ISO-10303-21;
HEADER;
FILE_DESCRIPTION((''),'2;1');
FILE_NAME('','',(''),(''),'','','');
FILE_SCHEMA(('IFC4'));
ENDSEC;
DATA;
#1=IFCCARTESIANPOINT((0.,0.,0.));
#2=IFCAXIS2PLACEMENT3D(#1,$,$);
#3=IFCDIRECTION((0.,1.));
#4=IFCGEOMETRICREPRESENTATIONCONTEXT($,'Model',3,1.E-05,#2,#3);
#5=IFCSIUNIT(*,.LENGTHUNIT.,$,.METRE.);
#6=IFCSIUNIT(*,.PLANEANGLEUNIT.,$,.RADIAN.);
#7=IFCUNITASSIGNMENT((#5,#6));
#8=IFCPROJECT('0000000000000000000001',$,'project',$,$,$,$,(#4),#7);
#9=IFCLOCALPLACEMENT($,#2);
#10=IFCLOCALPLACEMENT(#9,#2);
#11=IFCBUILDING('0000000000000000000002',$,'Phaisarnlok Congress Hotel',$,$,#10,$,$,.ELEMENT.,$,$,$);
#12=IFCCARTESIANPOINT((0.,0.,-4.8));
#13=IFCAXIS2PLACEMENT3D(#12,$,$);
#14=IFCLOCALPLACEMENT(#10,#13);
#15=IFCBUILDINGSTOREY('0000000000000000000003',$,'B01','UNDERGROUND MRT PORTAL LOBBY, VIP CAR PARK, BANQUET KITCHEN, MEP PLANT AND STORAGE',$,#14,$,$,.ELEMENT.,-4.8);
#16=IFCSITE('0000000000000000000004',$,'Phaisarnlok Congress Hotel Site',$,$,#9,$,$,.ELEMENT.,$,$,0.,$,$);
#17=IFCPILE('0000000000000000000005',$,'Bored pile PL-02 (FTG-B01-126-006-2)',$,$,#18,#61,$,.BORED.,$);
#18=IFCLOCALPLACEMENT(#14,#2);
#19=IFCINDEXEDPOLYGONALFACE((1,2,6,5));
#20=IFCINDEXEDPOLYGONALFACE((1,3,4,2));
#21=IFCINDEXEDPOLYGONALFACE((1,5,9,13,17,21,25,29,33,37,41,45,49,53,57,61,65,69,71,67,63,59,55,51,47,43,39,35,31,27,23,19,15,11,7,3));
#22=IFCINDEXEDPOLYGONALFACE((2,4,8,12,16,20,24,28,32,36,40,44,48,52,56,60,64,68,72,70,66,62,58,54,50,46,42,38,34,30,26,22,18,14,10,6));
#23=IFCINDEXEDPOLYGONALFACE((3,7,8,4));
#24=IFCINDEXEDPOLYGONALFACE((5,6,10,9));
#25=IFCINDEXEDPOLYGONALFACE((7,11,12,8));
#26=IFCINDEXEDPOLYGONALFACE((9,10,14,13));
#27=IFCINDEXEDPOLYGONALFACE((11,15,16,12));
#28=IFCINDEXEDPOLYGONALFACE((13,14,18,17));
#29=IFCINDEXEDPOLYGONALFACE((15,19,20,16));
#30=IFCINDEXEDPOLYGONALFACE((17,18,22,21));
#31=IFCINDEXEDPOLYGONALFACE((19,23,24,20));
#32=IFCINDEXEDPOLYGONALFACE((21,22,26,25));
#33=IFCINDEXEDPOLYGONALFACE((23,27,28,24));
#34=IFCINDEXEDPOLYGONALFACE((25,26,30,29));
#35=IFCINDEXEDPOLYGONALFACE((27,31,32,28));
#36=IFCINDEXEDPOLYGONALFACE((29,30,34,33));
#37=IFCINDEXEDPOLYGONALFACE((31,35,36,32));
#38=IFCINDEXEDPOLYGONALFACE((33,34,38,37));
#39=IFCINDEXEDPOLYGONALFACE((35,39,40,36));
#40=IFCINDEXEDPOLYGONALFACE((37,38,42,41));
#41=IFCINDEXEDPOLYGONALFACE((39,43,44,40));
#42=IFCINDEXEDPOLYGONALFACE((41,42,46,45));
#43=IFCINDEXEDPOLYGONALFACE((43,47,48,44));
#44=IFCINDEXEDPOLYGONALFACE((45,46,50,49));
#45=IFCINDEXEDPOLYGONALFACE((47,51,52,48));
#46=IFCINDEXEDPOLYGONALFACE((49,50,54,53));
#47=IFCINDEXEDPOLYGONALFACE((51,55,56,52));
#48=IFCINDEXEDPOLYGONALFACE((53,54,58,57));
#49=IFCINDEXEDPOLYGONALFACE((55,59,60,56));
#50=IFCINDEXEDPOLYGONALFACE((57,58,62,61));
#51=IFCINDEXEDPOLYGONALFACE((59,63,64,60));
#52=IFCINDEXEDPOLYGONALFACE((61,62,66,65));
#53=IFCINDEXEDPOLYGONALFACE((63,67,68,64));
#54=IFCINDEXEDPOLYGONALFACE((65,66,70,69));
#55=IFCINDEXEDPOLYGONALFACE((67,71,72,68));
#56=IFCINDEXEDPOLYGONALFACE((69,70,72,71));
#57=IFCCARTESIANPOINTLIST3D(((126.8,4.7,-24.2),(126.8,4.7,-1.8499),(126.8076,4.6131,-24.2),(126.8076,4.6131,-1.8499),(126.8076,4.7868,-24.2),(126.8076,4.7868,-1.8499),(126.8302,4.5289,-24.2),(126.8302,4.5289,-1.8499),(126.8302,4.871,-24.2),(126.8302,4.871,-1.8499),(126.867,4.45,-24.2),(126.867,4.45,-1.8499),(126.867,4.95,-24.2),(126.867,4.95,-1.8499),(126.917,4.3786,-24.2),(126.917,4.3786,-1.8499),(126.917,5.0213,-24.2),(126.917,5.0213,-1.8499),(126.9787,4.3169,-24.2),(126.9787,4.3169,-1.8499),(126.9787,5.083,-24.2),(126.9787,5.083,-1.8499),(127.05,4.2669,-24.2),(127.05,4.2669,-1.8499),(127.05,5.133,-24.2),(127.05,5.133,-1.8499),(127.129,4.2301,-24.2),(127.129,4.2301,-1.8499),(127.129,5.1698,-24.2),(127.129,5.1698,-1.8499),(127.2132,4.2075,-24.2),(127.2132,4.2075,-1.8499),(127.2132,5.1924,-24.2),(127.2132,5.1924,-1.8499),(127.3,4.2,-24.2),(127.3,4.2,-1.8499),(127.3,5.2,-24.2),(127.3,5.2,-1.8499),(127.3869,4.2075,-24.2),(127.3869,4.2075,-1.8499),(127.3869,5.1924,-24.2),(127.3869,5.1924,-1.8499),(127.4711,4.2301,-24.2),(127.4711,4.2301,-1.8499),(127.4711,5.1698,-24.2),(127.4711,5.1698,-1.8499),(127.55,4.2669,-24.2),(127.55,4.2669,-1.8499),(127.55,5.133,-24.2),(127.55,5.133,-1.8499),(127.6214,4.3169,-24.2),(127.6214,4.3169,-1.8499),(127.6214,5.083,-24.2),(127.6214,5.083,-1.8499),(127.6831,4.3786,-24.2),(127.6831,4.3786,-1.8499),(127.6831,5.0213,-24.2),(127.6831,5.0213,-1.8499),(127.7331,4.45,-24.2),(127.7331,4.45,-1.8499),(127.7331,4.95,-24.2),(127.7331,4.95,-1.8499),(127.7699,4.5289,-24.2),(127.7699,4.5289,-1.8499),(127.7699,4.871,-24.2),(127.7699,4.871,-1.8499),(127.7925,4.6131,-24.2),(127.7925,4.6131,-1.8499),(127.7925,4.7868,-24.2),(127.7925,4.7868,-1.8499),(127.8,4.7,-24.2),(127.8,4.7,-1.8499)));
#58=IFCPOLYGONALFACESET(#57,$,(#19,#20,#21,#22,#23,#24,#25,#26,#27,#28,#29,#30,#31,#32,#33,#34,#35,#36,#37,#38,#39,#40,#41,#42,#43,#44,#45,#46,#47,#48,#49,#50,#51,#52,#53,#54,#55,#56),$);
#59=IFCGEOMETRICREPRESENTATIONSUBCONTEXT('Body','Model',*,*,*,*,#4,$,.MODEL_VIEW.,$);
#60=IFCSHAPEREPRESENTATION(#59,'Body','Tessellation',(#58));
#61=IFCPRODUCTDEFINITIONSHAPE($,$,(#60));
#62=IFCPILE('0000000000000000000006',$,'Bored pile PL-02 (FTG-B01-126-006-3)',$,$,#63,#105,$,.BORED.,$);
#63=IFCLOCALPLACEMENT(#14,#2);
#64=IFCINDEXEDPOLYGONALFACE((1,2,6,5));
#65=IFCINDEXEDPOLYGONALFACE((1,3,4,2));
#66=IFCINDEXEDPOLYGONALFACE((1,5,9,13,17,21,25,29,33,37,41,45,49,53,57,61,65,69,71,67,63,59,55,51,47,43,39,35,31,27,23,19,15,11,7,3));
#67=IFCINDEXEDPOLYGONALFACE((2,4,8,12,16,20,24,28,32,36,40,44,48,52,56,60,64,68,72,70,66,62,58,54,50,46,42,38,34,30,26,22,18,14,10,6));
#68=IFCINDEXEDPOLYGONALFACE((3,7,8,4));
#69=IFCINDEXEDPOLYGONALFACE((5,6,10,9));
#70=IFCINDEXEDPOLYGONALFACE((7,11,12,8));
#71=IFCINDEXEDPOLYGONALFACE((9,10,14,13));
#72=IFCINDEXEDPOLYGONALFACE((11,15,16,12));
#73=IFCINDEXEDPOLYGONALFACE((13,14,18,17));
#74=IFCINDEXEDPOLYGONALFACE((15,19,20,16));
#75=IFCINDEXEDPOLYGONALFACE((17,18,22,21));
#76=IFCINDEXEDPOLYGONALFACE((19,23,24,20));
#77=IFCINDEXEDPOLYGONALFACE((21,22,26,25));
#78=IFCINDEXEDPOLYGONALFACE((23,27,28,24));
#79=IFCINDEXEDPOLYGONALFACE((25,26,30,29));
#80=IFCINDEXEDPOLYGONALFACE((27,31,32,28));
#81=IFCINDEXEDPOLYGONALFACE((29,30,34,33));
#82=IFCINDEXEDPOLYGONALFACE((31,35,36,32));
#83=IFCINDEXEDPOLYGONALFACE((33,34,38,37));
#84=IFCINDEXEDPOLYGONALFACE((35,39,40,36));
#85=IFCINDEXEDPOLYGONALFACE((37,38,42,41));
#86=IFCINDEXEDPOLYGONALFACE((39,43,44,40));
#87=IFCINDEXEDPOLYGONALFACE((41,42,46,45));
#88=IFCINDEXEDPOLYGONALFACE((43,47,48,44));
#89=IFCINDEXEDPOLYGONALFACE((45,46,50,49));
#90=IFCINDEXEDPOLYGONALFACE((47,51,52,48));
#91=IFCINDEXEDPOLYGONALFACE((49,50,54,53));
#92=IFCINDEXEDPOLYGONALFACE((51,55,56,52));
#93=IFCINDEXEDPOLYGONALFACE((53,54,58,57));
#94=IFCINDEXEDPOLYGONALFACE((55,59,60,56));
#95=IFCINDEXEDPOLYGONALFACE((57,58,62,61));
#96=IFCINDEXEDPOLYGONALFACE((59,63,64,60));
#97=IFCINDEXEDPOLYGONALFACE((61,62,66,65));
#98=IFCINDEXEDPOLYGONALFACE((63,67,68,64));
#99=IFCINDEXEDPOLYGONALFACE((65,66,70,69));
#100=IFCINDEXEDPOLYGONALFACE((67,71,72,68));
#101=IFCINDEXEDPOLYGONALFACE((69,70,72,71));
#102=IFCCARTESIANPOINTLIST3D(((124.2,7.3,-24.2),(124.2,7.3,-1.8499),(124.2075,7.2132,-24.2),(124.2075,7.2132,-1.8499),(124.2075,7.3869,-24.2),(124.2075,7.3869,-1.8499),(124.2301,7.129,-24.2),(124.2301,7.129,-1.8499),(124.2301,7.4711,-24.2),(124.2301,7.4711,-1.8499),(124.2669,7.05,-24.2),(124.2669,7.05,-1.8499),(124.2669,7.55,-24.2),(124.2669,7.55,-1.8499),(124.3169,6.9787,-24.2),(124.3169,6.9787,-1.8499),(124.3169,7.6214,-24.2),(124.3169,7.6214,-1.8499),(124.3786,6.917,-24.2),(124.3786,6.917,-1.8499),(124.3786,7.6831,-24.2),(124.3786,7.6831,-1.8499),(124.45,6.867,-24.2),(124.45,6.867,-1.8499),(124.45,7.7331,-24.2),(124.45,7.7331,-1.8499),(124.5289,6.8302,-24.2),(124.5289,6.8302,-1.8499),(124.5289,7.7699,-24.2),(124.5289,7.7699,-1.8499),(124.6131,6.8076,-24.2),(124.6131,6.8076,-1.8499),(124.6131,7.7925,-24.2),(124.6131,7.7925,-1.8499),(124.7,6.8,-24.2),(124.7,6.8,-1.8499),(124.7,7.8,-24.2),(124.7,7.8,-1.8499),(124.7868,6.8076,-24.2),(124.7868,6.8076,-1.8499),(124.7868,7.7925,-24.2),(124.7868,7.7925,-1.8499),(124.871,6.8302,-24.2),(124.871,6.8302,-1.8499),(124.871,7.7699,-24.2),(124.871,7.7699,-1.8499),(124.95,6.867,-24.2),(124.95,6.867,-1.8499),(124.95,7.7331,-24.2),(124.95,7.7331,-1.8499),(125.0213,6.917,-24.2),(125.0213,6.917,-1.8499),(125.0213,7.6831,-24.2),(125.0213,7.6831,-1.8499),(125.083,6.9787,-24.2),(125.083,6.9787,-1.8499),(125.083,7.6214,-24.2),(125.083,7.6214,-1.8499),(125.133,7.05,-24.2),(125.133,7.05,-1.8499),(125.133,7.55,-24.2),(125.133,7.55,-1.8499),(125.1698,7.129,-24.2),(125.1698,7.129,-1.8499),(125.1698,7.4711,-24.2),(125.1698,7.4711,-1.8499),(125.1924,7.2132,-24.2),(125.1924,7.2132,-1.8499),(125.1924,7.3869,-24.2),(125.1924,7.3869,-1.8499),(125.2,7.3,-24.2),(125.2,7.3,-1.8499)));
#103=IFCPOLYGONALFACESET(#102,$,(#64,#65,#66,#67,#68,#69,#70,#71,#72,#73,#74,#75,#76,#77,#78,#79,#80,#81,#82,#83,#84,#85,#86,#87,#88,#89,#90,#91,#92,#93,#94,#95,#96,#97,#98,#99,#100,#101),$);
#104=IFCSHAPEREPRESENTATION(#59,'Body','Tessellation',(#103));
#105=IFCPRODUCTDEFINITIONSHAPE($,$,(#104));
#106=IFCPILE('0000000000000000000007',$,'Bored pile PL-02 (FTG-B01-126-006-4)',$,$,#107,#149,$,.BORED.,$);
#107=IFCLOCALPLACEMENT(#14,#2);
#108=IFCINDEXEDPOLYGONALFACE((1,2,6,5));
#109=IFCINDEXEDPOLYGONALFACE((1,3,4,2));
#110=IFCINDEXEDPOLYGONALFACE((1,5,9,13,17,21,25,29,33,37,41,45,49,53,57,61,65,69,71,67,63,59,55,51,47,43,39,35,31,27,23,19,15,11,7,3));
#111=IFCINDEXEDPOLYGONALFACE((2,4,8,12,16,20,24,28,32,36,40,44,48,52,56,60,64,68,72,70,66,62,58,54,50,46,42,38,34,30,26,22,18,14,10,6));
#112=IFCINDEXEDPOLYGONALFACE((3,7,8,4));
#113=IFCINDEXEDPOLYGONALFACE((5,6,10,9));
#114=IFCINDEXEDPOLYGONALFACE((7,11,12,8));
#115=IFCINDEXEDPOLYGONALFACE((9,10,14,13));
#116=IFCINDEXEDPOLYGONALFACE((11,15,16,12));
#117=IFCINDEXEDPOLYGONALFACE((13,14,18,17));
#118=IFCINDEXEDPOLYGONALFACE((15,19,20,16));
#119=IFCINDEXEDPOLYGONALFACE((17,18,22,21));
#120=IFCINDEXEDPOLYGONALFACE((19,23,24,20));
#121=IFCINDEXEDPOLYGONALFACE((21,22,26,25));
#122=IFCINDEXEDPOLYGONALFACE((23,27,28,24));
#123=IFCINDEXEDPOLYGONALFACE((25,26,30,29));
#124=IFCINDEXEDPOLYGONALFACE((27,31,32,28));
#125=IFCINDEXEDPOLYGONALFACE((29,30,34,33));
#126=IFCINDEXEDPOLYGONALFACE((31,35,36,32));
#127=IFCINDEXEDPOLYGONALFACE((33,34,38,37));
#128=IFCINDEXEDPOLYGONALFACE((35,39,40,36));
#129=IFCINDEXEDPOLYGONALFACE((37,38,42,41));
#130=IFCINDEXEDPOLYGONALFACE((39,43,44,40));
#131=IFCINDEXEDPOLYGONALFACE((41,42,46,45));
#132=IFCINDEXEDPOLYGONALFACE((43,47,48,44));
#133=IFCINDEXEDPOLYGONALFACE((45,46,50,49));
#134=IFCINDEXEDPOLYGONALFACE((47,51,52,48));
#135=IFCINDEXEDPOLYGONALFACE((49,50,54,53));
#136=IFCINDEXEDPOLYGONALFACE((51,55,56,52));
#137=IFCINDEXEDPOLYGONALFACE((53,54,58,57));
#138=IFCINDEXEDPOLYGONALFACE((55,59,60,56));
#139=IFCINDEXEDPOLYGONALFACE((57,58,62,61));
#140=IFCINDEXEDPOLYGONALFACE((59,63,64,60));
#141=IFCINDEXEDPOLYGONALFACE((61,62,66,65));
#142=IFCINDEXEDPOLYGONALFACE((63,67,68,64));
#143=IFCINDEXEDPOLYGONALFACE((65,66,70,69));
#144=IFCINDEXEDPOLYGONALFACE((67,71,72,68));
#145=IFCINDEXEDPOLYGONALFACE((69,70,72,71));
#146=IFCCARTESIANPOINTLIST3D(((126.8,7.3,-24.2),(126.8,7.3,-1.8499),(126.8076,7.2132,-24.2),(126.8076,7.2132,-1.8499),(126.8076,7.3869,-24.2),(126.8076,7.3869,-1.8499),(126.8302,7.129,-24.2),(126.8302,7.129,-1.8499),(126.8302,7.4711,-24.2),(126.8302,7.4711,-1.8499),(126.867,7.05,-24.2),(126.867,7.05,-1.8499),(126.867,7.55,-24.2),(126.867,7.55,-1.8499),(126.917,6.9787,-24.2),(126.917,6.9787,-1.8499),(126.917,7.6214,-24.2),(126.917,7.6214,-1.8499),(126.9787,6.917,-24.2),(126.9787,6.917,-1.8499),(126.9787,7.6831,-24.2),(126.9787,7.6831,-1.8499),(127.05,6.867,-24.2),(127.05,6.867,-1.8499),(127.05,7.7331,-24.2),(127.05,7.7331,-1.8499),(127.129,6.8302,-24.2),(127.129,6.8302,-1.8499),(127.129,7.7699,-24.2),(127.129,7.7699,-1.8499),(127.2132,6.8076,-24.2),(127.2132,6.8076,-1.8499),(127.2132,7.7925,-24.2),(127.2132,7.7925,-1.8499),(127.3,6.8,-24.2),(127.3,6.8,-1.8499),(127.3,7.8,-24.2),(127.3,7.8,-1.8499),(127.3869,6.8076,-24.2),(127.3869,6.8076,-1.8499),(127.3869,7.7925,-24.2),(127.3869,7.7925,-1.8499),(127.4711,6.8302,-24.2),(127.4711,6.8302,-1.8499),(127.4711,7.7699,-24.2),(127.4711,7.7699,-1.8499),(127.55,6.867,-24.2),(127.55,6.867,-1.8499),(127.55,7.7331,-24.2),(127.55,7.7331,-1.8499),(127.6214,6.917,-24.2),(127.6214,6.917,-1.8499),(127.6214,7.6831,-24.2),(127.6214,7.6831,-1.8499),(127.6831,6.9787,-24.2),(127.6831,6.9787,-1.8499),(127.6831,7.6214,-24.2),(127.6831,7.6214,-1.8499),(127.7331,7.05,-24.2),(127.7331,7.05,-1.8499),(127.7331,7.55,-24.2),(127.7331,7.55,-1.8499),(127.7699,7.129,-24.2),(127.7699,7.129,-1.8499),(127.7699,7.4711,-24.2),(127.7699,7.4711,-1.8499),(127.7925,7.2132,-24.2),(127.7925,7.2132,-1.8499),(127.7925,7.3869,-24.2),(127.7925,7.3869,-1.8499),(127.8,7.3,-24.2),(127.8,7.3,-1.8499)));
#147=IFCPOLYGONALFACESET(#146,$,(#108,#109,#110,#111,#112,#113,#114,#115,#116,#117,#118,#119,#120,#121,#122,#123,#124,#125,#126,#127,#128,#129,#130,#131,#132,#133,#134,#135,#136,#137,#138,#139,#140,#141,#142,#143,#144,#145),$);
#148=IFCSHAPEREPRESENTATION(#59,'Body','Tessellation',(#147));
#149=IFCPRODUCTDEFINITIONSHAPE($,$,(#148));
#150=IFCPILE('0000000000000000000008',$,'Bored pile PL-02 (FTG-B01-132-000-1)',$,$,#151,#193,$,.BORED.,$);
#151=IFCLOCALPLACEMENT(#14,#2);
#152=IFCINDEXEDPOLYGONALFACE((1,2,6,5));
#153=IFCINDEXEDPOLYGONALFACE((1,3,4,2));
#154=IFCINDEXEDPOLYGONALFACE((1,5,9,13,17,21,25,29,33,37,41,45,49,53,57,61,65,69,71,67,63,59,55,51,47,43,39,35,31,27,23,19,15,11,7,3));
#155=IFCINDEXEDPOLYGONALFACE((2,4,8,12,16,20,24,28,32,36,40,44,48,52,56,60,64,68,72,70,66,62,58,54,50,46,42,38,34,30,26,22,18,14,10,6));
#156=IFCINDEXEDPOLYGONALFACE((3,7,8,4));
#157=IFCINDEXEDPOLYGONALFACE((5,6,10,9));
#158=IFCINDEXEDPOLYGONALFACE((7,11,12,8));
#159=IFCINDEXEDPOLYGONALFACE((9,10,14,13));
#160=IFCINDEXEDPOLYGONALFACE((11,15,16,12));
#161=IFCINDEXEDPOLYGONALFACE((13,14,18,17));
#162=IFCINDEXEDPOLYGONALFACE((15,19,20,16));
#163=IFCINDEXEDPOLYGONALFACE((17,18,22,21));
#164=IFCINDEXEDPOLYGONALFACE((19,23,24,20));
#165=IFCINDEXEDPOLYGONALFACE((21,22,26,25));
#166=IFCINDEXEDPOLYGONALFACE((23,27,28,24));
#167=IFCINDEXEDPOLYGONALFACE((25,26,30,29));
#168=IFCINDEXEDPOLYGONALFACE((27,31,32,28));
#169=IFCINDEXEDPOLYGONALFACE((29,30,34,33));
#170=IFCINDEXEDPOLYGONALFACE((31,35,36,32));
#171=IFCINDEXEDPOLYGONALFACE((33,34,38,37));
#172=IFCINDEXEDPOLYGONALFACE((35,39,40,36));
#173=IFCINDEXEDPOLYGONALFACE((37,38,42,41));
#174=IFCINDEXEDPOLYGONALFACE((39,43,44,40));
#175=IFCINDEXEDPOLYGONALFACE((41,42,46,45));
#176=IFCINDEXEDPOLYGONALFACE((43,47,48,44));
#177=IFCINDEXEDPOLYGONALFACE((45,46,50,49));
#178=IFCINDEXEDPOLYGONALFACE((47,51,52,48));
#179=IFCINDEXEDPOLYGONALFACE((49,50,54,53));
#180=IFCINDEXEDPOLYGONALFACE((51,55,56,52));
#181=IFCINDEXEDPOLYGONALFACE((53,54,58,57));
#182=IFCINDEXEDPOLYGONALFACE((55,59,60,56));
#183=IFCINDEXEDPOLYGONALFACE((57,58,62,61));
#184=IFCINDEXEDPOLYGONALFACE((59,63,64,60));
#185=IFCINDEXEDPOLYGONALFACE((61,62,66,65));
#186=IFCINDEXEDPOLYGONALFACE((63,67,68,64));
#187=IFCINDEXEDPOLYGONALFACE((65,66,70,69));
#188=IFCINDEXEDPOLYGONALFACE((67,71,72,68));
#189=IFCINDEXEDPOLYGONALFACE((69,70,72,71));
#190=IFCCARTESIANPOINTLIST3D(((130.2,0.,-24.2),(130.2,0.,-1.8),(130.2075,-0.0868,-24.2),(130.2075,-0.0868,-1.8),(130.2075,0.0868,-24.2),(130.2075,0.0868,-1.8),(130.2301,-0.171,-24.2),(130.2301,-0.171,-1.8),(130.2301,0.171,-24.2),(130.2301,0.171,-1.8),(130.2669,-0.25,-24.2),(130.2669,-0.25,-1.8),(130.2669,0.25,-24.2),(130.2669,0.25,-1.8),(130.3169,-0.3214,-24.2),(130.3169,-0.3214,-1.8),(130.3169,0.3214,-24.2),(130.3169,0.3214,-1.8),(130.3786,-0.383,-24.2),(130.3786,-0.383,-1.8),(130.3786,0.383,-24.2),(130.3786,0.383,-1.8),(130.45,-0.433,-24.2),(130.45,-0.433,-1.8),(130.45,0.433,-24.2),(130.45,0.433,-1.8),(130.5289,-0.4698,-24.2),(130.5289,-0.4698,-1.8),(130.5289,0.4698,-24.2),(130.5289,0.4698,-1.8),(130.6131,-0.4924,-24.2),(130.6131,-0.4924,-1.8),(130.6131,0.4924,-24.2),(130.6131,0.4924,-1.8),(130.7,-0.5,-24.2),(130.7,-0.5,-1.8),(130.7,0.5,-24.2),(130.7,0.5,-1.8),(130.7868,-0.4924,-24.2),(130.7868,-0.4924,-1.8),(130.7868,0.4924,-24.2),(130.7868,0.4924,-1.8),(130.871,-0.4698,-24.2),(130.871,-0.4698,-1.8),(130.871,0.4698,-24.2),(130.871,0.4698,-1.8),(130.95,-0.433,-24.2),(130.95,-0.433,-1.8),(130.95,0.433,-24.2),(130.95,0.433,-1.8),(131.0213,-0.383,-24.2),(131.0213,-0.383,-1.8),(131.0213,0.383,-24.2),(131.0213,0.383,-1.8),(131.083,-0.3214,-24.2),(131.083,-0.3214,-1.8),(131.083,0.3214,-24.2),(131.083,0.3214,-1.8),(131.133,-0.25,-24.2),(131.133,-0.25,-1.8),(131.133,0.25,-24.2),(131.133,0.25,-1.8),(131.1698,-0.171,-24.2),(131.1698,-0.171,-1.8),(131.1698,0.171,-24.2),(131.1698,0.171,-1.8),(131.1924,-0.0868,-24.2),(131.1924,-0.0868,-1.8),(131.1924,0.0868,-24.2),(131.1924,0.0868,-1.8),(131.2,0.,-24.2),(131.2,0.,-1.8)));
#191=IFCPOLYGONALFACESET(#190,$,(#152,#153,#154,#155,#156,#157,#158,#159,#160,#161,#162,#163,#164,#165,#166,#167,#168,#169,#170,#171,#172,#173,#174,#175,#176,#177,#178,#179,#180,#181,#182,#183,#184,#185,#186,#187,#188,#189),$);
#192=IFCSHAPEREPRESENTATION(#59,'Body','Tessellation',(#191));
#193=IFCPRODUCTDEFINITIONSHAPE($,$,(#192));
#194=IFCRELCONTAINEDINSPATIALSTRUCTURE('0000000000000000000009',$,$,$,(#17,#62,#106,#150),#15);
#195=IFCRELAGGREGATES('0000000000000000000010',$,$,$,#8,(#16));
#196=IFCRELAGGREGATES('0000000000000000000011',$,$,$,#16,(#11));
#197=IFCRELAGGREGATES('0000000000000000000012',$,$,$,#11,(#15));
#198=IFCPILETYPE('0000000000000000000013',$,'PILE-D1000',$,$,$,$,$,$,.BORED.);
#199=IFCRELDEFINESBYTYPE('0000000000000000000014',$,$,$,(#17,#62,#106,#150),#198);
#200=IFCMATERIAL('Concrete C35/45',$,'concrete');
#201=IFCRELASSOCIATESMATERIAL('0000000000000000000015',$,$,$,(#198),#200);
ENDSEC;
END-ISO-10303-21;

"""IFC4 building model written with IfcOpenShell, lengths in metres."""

from ifc_helpers import new_model, si_unit, direction, frame, origin, origin_2d, place, context, subcontext, project, spatial, circle, extrude, material, material_profile, profile_set, type_object, element, save


model = new_model("IFC4")

# Units and contexts
model_context = context("Model", 3, precision=1e-05, world=origin(), true_north=direction((0.0, 1.0)))
body_context = subcontext(model_context, "Body", "Model", "MODEL_VIEW")
ifc_project = project(units=[si_unit("LENGTHUNIT", "METRE"), si_unit("PLANEANGLEUNIT", "RADIAN")], contexts=[model_context])

# Site, building, storey
site_placement = place(None, origin())
site = spatial("IfcSite", under=ifc_project, at=site_placement, Name="Phaisarnlok Congress Hotel Site", CompositionType="ELEMENT", RefElevation=0.0)
building_placement = place(site_placement, origin())
building = spatial("IfcBuilding", under=site, at=building_placement, Name="Phaisarnlok Congress Hotel", CompositionType="ELEMENT")
storey_placement = place(building_placement, frame((0.0, 0.0, -4.8)))
storey = spatial("IfcBuildingStorey", under=building, at=storey_placement, Name="B01", Description="UNDERGROUND MRT PORTAL LOBBY, VIP CAR PARK, BANQUET KITCHEN, MEP PLANT AND STORAGE", CompositionType="ELEMENT", Elevation=-4.8)

# Piles
ifc_material_1 = material(Name="Concrete C35/45", Category="concrete")
ifc_material_profile_1 = material_profile(ifc_material_1, circle(Radius=0.5, at=origin_2d()), Name="BORED PILE D1000")
ifc_profile_set_1 = profile_set([ifc_material_profile_1], Name="Concrete C35/45")
pile_type_1 = type_object("IfcPileType", Name="PILE-D1000", PredefinedType="BORED", material=ifc_profile_set_1)
for number, where, z_axis, x_axis, name in (
    (1, (127.3, 4.7, -1.8499), (0.0, 0.0, -1.0), (1.0, 0.0, 0.0), "Bored pile PL-02 (FTG-B01-126-006-2)"),
    (2, (124.7, 7.3, -1.8499), (0.0, 0.0, -1.0), (1.0, 0.0, 0.0), "Bored pile PL-02 (FTG-B01-126-006-3)"),
    (3, (127.3, 7.3, -1.8499), (0.0, 0.0, -1.0), (1.0, 0.0, 0.0), "Bored pile PL-02 (FTG-B01-126-006-4)"),
):
    element("IfcPile", number, at=place(storey_placement, frame(where, z_axis=z_axis, x_axis=x_axis)), inside=storey, type_object=pile_type_1, Name=name, PredefinedType="BORED", context=body_context, shape_type="SweptSolid", body=[
        extrude(circle(Radius=0.5, at=origin_2d()), origin(), (0.0, 0.0, 1.0), 22.3501),
    ])
pile_1_placement = place(storey_placement, frame((130.7, 0.0, -1.8), z_axis=(0.0, 0.0, -1.0), x_axis=(1.0, 0.0, 0.0)))
element("IfcPile", 4, at=pile_1_placement, inside=storey, type_object=pile_type_1, Name="Bored pile PL-02 (FTG-B01-132-000-1)", PredefinedType="BORED", context=body_context, shape_type="SweptSolid", body=[
    extrude(circle(Radius=0.5, at=origin_2d()), origin(), (0.0, 0.0, 1.0), 22.3999),
])

save(model, "model.ifc")
